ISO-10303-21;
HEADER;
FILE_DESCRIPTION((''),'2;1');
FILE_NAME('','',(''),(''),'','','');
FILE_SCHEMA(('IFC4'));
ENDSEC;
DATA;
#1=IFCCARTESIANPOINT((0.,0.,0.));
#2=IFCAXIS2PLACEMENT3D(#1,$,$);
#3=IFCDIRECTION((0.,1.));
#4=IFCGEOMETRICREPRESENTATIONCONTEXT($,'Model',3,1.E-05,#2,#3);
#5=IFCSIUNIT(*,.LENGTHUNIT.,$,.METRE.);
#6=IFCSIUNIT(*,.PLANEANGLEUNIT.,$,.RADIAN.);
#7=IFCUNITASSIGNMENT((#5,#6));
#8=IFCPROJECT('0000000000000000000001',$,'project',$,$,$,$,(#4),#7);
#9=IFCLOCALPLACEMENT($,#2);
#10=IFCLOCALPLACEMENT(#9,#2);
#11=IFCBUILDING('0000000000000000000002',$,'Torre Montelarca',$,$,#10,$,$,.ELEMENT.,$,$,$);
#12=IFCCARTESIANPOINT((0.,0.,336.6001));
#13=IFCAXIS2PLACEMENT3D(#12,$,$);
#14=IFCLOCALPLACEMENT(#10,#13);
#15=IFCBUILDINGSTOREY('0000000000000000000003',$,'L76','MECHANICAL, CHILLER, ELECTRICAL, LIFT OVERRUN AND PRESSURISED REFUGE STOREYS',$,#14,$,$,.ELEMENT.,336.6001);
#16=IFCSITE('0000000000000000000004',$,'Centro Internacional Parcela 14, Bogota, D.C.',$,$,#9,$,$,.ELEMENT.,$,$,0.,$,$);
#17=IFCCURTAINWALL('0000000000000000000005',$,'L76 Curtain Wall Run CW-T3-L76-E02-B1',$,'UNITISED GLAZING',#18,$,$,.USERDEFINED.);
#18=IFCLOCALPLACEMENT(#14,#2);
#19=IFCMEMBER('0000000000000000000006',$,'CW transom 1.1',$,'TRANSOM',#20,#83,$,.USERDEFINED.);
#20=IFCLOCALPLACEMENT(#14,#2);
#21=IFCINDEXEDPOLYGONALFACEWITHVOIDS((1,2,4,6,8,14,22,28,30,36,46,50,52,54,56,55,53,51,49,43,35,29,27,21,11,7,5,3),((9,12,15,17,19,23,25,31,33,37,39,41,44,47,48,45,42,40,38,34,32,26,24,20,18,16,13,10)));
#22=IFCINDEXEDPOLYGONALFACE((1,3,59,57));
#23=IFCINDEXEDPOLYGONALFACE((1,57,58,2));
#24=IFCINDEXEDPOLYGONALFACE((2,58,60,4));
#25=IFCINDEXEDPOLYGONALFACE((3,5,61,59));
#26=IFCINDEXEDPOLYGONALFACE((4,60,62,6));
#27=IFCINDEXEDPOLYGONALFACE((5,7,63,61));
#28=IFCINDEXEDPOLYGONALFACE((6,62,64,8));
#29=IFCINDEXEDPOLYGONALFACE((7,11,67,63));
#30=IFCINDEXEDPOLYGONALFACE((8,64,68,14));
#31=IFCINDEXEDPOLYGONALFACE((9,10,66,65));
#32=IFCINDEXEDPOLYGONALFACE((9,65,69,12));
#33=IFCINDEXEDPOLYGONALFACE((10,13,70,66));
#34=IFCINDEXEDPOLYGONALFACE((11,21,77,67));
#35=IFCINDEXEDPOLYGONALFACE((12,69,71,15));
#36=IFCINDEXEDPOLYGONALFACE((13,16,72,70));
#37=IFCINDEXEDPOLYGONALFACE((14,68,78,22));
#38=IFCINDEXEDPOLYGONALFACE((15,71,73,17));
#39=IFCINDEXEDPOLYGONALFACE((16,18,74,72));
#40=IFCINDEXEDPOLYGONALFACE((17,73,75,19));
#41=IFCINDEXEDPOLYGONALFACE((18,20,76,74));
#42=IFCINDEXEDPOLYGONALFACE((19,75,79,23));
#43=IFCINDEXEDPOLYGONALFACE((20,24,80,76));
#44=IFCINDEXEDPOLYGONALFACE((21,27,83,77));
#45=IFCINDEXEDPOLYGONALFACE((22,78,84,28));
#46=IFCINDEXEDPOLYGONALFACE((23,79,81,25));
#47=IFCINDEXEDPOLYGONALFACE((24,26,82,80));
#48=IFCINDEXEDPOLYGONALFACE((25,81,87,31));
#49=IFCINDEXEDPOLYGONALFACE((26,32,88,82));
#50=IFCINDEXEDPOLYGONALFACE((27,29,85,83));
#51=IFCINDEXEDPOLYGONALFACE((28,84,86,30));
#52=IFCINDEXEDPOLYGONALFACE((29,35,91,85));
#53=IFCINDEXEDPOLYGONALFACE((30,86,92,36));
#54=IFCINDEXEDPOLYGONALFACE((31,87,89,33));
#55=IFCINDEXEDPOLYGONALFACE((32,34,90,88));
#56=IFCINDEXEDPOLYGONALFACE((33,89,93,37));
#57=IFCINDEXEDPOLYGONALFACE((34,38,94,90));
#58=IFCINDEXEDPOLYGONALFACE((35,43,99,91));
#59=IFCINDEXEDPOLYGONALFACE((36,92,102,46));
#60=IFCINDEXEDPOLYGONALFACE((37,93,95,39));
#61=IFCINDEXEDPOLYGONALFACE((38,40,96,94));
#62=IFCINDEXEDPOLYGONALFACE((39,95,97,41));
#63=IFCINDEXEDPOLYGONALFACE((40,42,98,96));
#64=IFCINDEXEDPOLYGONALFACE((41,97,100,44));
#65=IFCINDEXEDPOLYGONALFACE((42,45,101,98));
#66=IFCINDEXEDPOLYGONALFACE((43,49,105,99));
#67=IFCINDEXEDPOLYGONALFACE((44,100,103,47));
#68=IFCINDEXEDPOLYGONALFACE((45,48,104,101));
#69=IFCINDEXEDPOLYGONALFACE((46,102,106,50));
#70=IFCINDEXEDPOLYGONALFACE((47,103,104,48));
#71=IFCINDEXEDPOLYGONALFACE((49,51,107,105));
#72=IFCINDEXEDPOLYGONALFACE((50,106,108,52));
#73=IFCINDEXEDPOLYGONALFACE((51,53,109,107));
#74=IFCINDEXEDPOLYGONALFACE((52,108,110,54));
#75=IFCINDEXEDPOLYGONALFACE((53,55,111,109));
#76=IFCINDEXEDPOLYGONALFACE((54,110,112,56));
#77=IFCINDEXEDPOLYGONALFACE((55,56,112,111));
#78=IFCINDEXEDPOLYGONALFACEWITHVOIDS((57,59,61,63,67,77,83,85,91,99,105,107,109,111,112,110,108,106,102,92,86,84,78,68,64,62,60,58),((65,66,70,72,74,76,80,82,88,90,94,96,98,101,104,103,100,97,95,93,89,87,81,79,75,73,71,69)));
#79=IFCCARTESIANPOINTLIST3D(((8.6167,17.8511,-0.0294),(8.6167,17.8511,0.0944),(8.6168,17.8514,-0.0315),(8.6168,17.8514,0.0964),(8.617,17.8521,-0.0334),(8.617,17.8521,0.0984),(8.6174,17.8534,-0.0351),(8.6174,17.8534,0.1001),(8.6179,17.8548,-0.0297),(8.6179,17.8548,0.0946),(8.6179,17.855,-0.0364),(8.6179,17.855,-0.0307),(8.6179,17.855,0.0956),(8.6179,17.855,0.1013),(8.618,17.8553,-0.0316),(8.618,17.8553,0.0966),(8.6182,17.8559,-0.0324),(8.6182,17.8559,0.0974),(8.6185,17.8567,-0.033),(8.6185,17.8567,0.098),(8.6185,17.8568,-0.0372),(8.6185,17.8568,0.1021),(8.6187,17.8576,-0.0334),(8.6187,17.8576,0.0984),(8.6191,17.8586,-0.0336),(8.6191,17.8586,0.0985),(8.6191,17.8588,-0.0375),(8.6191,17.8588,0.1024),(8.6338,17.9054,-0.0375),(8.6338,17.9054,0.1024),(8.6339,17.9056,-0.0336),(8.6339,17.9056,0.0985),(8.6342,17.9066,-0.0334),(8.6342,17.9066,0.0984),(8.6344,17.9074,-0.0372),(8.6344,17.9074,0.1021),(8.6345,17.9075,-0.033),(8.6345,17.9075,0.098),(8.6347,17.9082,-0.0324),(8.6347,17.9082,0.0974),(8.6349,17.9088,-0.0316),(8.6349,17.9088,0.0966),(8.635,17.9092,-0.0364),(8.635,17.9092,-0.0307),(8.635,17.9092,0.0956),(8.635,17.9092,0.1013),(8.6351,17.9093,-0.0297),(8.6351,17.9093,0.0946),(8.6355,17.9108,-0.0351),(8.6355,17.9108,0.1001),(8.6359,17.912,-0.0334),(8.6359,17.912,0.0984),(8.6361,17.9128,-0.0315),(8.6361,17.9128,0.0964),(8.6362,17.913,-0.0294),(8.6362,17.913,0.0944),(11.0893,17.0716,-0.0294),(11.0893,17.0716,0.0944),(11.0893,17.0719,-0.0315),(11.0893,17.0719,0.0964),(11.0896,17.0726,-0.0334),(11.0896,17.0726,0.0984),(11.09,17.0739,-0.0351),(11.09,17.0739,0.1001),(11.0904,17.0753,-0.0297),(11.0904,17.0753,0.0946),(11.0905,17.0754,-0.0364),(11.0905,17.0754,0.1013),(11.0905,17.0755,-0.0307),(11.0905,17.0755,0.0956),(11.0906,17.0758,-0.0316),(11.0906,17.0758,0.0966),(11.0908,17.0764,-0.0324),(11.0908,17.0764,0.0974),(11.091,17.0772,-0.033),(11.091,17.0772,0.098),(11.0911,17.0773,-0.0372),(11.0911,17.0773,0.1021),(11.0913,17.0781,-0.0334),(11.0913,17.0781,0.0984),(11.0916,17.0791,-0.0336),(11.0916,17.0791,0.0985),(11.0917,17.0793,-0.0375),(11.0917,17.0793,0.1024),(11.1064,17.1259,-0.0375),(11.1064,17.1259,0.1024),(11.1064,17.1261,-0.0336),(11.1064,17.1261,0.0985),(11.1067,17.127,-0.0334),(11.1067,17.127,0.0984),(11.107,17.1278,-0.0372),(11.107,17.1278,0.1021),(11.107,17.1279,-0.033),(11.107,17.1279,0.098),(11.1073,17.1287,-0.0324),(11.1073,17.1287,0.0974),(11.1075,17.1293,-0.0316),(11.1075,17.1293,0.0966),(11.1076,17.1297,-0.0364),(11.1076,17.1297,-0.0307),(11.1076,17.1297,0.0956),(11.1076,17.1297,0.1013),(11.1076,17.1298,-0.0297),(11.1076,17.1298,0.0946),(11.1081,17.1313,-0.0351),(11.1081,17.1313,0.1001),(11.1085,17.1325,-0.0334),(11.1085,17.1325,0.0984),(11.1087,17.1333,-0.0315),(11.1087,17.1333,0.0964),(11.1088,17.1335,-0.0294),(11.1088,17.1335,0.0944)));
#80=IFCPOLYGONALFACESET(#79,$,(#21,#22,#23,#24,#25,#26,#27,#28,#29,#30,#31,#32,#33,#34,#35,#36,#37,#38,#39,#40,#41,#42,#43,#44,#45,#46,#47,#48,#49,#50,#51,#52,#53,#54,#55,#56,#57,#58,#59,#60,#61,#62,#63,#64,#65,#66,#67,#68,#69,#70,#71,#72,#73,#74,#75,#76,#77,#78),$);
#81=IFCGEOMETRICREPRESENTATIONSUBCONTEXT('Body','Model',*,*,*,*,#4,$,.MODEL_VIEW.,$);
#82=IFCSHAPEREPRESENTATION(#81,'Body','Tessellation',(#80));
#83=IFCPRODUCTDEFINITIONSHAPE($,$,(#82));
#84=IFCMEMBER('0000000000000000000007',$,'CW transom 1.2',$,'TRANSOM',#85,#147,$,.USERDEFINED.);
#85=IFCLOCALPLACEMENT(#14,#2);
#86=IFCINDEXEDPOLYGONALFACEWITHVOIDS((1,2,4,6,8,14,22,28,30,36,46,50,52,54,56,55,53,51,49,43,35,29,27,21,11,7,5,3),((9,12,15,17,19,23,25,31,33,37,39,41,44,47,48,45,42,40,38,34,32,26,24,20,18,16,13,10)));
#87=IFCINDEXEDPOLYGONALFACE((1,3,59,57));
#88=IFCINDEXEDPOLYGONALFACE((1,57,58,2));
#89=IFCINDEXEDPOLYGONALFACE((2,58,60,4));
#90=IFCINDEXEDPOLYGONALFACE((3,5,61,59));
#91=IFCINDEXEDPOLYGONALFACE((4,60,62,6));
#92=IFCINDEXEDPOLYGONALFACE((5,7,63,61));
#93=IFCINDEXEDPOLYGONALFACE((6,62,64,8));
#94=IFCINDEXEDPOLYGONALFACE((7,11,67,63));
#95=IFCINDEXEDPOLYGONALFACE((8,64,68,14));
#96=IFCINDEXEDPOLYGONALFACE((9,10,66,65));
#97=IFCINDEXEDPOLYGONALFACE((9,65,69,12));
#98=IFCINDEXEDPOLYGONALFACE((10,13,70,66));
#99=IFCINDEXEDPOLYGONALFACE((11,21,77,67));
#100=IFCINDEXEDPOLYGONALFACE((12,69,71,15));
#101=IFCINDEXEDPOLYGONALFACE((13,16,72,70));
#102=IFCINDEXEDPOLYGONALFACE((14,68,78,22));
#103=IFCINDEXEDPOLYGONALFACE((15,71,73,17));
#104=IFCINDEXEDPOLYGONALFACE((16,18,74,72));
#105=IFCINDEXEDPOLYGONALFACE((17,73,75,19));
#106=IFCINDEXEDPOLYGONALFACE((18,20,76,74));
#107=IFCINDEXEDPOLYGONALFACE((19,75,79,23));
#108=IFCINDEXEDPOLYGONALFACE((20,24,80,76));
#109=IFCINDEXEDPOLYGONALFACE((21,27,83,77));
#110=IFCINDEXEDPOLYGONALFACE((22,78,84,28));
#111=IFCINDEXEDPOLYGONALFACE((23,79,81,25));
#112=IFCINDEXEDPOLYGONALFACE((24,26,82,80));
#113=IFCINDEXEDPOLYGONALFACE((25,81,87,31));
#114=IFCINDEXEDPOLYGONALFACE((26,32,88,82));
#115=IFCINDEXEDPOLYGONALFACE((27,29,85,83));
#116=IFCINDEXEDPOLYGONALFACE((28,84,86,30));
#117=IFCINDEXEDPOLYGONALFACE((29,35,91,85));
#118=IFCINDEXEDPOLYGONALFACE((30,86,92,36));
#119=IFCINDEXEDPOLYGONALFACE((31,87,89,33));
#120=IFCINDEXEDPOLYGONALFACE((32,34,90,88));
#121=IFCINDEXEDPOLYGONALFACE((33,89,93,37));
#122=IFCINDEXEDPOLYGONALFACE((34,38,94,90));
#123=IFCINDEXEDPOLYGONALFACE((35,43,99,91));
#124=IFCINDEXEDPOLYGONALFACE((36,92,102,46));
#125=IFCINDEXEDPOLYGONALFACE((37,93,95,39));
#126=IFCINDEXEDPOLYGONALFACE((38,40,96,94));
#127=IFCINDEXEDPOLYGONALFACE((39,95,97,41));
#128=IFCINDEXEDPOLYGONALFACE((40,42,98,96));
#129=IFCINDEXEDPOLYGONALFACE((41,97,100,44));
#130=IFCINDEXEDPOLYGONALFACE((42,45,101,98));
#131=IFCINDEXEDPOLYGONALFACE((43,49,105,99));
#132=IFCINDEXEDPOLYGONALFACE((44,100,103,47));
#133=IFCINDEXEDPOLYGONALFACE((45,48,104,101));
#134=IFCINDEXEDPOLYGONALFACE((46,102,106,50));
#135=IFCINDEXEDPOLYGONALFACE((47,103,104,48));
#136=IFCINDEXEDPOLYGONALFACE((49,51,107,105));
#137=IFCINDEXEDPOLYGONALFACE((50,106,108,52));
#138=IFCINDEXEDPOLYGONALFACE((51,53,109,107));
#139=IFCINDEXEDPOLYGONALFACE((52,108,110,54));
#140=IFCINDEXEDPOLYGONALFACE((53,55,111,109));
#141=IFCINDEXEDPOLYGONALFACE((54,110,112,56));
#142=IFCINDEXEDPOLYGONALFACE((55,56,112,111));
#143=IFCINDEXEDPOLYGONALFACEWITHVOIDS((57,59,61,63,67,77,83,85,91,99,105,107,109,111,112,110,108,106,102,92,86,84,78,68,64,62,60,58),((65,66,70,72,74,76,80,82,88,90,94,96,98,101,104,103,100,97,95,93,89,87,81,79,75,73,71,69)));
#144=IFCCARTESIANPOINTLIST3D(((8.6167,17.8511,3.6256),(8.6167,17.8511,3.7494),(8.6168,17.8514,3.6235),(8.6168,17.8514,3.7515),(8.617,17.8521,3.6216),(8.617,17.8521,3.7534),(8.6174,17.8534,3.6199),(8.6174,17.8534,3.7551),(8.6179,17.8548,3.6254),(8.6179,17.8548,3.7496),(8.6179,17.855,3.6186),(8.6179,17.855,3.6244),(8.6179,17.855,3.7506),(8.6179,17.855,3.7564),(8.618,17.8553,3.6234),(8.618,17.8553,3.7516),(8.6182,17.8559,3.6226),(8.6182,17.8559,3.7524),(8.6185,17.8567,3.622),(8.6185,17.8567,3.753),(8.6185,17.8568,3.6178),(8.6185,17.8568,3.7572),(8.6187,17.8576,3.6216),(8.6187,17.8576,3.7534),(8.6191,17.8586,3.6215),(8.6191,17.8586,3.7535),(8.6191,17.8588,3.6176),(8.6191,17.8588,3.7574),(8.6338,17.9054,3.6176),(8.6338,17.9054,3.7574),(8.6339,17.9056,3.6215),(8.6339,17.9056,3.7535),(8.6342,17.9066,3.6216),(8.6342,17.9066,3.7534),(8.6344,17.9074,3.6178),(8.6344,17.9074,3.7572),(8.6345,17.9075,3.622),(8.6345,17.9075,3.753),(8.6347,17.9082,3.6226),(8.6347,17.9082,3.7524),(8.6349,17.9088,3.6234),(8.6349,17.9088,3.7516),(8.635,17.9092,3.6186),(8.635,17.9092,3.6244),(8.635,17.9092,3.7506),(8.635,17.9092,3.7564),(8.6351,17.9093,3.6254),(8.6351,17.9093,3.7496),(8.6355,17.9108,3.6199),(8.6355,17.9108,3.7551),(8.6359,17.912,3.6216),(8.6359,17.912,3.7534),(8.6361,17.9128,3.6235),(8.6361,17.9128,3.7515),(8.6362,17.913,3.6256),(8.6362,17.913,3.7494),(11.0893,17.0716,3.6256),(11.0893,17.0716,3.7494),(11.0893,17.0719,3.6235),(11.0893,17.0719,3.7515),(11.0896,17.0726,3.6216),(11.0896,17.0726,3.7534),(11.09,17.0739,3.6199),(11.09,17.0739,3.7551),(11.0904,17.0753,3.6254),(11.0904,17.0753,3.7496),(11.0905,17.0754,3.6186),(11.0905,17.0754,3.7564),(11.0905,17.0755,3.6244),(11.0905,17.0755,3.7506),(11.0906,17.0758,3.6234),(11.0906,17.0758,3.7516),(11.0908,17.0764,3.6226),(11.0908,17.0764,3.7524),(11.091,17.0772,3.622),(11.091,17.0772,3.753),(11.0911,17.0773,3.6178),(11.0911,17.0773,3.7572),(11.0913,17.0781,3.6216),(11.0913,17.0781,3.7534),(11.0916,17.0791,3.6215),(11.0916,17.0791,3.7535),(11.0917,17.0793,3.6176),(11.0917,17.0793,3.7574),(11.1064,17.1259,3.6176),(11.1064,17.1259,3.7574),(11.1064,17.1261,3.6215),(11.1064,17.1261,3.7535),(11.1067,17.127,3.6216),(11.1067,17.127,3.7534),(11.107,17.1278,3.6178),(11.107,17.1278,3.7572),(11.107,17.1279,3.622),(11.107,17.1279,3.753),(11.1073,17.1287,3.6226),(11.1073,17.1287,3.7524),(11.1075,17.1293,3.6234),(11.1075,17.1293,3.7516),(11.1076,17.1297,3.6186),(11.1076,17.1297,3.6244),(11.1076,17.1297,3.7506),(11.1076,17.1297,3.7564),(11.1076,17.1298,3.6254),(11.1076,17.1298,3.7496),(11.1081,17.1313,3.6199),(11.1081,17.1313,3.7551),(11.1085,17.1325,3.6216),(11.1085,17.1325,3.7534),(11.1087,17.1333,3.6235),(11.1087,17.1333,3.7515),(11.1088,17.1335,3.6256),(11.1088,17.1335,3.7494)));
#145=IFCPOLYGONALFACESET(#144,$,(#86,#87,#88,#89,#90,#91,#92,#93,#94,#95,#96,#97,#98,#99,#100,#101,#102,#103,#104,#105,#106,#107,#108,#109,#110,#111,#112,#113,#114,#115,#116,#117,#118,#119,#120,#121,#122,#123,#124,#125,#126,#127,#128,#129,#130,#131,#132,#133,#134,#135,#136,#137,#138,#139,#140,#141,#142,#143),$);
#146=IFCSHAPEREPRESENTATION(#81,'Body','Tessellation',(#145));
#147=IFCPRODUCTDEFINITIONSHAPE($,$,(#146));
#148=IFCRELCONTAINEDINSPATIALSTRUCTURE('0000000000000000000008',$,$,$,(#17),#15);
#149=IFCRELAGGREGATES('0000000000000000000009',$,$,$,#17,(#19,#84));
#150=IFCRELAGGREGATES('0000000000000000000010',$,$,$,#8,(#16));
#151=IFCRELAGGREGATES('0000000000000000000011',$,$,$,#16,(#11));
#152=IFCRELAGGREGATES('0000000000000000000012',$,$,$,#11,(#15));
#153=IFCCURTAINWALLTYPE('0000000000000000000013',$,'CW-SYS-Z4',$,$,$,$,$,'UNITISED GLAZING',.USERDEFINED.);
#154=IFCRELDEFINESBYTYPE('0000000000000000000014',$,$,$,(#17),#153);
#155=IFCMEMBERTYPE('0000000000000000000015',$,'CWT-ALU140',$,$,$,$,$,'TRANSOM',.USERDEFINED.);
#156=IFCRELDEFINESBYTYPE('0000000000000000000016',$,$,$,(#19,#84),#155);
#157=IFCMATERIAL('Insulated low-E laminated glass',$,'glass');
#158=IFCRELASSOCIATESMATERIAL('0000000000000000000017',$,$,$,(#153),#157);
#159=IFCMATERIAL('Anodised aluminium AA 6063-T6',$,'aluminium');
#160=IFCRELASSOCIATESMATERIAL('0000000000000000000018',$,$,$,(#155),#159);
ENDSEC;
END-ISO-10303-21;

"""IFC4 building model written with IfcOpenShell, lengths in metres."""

from ifc_helpers import new_model, si_unit, direction, frame, origin, origin_2d, place, context, subcontext, project, spatial, hollow_rectangle, extrude, source, transform, mapped, material, material_profile, profile_set, type_object, element, aggregate, save


model = new_model("IFC4")

# Units and contexts
model_context = context("Model", 3, precision=1e-05, world=origin(), true_north=direction((0.0, 1.0)))
body_context = subcontext(model_context, "Body", "Model", "MODEL_VIEW")
ifc_project = project(units=[si_unit("LENGTHUNIT", "METRE"), si_unit("PLANEANGLEUNIT", "RADIAN")], contexts=[model_context])

# Site, building, storey
site_placement = place(None, origin())
site = spatial("IfcSite", under=ifc_project, at=site_placement, Name="Centro Internacional Parcela 14, Bogota, D.C.", CompositionType="ELEMENT", RefElevation=0.0)
building_placement = place(site_placement, origin())
building = spatial("IfcBuilding", under=site, at=building_placement, Name="Torre Montelarca", CompositionType="ELEMENT")
storey_placement = place(building_placement, frame((0.0, 0.0, 336.6001)))
storey = spatial("IfcBuildingStorey", under=building, at=storey_placement, Name="L76", Description="MECHANICAL, CHILLER, ELECTRICAL, LIFT OVERRUN AND PRESSURISED REFUGE STOREYS", CompositionType="ELEMENT", Elevation=336.6001)

# Curtain wall, members
ifc_material_1 = material(Name="Insulated low-E laminated glass", Category="glass")
curtain_wall_type = type_object("IfcCurtainWallType", Name="CW-SYS-Z4", ElementType="UNITISED GLAZING", PredefinedType="USERDEFINED", material=ifc_material_1)
ifc_material_2 = material(Name="Anodised aluminium AA 6063-T6", Category="aluminium")
curtain_wall_1_placement = place(storey_placement, origin())
curtain_wall_1 = element("IfcCurtainWall", 1, at=curtain_wall_1_placement, inside=storey, type_object=curtain_wall_type, Name="L76 Curtain Wall Run CW-T3-L76-E02-B1", ObjectType="UNITISED GLAZING", PredefinedType="USERDEFINED")
ifc_material_profile_1 = material_profile(ifc_material_2, hollow_rectangle(XDim=0.0649, YDim=0.1399, WallThickness=0.0039, InnerFilletRadius=0.0039, OuterFilletRadius=0.0081, at=origin_2d()), Name="ALU65X140X4", Category="aluminium")
ifc_profile_set_1 = profile_set([ifc_material_profile_1], Name="Anodised aluminium AA 6063-T6")
member_type_1 = type_object("IfcMemberType", Name="CWT-ALU140", ElementType="TRANSOM", PredefinedType="USERDEFINED", material=ifc_profile_set_1)
shared_shape_1 = source(origin(), body_context, "Body", "SweptSolid", [
    extrude(hollow_rectangle(XDim=0.0649, YDim=0.1399, WallThickness=0.0039, InnerFilletRadius=0.0039, OuterFilletRadius=0.0081, at=origin_2d()), origin(), (0.0, 0.0, 1.0), 2.5925),
])
member_1_placement = place(storey_placement, frame((8.6265, 17.8821, 0.0325), z_axis=(0.953726, -0.300676, 0.0), x_axis=(0.300676, 0.953726, 0.0)))
member_1 = element("IfcMember", 2, at=member_1_placement, type_object=member_type_1, Name="CW transom 1.1", ObjectType="TRANSOM", PredefinedType="USERDEFINED", context=body_context, shape_type="MappedRepresentation", body=[
    mapped(shared_shape_1, transform((0.0, 0.0, 0.0), scale=1.0)),
])
member_2_placement = place(storey_placement, frame((8.6265, 17.8821, 3.6875), z_axis=(0.953726, -0.300676, 0.0), x_axis=(0.300676, 0.953726, 0.0)))
member_2 = element("IfcMember", 3, at=member_2_placement, type_object=member_type_1, Name="CW transom 1.2", ObjectType="TRANSOM", PredefinedType="USERDEFINED", context=body_context, shape_type="MappedRepresentation", body=[
    mapped(shared_shape_1, transform((0.0, 0.0, 0.0), scale=1.0)),
])

aggregate(curtain_wall_1, [member_1, member_2])

save(model, "model.ifc")
